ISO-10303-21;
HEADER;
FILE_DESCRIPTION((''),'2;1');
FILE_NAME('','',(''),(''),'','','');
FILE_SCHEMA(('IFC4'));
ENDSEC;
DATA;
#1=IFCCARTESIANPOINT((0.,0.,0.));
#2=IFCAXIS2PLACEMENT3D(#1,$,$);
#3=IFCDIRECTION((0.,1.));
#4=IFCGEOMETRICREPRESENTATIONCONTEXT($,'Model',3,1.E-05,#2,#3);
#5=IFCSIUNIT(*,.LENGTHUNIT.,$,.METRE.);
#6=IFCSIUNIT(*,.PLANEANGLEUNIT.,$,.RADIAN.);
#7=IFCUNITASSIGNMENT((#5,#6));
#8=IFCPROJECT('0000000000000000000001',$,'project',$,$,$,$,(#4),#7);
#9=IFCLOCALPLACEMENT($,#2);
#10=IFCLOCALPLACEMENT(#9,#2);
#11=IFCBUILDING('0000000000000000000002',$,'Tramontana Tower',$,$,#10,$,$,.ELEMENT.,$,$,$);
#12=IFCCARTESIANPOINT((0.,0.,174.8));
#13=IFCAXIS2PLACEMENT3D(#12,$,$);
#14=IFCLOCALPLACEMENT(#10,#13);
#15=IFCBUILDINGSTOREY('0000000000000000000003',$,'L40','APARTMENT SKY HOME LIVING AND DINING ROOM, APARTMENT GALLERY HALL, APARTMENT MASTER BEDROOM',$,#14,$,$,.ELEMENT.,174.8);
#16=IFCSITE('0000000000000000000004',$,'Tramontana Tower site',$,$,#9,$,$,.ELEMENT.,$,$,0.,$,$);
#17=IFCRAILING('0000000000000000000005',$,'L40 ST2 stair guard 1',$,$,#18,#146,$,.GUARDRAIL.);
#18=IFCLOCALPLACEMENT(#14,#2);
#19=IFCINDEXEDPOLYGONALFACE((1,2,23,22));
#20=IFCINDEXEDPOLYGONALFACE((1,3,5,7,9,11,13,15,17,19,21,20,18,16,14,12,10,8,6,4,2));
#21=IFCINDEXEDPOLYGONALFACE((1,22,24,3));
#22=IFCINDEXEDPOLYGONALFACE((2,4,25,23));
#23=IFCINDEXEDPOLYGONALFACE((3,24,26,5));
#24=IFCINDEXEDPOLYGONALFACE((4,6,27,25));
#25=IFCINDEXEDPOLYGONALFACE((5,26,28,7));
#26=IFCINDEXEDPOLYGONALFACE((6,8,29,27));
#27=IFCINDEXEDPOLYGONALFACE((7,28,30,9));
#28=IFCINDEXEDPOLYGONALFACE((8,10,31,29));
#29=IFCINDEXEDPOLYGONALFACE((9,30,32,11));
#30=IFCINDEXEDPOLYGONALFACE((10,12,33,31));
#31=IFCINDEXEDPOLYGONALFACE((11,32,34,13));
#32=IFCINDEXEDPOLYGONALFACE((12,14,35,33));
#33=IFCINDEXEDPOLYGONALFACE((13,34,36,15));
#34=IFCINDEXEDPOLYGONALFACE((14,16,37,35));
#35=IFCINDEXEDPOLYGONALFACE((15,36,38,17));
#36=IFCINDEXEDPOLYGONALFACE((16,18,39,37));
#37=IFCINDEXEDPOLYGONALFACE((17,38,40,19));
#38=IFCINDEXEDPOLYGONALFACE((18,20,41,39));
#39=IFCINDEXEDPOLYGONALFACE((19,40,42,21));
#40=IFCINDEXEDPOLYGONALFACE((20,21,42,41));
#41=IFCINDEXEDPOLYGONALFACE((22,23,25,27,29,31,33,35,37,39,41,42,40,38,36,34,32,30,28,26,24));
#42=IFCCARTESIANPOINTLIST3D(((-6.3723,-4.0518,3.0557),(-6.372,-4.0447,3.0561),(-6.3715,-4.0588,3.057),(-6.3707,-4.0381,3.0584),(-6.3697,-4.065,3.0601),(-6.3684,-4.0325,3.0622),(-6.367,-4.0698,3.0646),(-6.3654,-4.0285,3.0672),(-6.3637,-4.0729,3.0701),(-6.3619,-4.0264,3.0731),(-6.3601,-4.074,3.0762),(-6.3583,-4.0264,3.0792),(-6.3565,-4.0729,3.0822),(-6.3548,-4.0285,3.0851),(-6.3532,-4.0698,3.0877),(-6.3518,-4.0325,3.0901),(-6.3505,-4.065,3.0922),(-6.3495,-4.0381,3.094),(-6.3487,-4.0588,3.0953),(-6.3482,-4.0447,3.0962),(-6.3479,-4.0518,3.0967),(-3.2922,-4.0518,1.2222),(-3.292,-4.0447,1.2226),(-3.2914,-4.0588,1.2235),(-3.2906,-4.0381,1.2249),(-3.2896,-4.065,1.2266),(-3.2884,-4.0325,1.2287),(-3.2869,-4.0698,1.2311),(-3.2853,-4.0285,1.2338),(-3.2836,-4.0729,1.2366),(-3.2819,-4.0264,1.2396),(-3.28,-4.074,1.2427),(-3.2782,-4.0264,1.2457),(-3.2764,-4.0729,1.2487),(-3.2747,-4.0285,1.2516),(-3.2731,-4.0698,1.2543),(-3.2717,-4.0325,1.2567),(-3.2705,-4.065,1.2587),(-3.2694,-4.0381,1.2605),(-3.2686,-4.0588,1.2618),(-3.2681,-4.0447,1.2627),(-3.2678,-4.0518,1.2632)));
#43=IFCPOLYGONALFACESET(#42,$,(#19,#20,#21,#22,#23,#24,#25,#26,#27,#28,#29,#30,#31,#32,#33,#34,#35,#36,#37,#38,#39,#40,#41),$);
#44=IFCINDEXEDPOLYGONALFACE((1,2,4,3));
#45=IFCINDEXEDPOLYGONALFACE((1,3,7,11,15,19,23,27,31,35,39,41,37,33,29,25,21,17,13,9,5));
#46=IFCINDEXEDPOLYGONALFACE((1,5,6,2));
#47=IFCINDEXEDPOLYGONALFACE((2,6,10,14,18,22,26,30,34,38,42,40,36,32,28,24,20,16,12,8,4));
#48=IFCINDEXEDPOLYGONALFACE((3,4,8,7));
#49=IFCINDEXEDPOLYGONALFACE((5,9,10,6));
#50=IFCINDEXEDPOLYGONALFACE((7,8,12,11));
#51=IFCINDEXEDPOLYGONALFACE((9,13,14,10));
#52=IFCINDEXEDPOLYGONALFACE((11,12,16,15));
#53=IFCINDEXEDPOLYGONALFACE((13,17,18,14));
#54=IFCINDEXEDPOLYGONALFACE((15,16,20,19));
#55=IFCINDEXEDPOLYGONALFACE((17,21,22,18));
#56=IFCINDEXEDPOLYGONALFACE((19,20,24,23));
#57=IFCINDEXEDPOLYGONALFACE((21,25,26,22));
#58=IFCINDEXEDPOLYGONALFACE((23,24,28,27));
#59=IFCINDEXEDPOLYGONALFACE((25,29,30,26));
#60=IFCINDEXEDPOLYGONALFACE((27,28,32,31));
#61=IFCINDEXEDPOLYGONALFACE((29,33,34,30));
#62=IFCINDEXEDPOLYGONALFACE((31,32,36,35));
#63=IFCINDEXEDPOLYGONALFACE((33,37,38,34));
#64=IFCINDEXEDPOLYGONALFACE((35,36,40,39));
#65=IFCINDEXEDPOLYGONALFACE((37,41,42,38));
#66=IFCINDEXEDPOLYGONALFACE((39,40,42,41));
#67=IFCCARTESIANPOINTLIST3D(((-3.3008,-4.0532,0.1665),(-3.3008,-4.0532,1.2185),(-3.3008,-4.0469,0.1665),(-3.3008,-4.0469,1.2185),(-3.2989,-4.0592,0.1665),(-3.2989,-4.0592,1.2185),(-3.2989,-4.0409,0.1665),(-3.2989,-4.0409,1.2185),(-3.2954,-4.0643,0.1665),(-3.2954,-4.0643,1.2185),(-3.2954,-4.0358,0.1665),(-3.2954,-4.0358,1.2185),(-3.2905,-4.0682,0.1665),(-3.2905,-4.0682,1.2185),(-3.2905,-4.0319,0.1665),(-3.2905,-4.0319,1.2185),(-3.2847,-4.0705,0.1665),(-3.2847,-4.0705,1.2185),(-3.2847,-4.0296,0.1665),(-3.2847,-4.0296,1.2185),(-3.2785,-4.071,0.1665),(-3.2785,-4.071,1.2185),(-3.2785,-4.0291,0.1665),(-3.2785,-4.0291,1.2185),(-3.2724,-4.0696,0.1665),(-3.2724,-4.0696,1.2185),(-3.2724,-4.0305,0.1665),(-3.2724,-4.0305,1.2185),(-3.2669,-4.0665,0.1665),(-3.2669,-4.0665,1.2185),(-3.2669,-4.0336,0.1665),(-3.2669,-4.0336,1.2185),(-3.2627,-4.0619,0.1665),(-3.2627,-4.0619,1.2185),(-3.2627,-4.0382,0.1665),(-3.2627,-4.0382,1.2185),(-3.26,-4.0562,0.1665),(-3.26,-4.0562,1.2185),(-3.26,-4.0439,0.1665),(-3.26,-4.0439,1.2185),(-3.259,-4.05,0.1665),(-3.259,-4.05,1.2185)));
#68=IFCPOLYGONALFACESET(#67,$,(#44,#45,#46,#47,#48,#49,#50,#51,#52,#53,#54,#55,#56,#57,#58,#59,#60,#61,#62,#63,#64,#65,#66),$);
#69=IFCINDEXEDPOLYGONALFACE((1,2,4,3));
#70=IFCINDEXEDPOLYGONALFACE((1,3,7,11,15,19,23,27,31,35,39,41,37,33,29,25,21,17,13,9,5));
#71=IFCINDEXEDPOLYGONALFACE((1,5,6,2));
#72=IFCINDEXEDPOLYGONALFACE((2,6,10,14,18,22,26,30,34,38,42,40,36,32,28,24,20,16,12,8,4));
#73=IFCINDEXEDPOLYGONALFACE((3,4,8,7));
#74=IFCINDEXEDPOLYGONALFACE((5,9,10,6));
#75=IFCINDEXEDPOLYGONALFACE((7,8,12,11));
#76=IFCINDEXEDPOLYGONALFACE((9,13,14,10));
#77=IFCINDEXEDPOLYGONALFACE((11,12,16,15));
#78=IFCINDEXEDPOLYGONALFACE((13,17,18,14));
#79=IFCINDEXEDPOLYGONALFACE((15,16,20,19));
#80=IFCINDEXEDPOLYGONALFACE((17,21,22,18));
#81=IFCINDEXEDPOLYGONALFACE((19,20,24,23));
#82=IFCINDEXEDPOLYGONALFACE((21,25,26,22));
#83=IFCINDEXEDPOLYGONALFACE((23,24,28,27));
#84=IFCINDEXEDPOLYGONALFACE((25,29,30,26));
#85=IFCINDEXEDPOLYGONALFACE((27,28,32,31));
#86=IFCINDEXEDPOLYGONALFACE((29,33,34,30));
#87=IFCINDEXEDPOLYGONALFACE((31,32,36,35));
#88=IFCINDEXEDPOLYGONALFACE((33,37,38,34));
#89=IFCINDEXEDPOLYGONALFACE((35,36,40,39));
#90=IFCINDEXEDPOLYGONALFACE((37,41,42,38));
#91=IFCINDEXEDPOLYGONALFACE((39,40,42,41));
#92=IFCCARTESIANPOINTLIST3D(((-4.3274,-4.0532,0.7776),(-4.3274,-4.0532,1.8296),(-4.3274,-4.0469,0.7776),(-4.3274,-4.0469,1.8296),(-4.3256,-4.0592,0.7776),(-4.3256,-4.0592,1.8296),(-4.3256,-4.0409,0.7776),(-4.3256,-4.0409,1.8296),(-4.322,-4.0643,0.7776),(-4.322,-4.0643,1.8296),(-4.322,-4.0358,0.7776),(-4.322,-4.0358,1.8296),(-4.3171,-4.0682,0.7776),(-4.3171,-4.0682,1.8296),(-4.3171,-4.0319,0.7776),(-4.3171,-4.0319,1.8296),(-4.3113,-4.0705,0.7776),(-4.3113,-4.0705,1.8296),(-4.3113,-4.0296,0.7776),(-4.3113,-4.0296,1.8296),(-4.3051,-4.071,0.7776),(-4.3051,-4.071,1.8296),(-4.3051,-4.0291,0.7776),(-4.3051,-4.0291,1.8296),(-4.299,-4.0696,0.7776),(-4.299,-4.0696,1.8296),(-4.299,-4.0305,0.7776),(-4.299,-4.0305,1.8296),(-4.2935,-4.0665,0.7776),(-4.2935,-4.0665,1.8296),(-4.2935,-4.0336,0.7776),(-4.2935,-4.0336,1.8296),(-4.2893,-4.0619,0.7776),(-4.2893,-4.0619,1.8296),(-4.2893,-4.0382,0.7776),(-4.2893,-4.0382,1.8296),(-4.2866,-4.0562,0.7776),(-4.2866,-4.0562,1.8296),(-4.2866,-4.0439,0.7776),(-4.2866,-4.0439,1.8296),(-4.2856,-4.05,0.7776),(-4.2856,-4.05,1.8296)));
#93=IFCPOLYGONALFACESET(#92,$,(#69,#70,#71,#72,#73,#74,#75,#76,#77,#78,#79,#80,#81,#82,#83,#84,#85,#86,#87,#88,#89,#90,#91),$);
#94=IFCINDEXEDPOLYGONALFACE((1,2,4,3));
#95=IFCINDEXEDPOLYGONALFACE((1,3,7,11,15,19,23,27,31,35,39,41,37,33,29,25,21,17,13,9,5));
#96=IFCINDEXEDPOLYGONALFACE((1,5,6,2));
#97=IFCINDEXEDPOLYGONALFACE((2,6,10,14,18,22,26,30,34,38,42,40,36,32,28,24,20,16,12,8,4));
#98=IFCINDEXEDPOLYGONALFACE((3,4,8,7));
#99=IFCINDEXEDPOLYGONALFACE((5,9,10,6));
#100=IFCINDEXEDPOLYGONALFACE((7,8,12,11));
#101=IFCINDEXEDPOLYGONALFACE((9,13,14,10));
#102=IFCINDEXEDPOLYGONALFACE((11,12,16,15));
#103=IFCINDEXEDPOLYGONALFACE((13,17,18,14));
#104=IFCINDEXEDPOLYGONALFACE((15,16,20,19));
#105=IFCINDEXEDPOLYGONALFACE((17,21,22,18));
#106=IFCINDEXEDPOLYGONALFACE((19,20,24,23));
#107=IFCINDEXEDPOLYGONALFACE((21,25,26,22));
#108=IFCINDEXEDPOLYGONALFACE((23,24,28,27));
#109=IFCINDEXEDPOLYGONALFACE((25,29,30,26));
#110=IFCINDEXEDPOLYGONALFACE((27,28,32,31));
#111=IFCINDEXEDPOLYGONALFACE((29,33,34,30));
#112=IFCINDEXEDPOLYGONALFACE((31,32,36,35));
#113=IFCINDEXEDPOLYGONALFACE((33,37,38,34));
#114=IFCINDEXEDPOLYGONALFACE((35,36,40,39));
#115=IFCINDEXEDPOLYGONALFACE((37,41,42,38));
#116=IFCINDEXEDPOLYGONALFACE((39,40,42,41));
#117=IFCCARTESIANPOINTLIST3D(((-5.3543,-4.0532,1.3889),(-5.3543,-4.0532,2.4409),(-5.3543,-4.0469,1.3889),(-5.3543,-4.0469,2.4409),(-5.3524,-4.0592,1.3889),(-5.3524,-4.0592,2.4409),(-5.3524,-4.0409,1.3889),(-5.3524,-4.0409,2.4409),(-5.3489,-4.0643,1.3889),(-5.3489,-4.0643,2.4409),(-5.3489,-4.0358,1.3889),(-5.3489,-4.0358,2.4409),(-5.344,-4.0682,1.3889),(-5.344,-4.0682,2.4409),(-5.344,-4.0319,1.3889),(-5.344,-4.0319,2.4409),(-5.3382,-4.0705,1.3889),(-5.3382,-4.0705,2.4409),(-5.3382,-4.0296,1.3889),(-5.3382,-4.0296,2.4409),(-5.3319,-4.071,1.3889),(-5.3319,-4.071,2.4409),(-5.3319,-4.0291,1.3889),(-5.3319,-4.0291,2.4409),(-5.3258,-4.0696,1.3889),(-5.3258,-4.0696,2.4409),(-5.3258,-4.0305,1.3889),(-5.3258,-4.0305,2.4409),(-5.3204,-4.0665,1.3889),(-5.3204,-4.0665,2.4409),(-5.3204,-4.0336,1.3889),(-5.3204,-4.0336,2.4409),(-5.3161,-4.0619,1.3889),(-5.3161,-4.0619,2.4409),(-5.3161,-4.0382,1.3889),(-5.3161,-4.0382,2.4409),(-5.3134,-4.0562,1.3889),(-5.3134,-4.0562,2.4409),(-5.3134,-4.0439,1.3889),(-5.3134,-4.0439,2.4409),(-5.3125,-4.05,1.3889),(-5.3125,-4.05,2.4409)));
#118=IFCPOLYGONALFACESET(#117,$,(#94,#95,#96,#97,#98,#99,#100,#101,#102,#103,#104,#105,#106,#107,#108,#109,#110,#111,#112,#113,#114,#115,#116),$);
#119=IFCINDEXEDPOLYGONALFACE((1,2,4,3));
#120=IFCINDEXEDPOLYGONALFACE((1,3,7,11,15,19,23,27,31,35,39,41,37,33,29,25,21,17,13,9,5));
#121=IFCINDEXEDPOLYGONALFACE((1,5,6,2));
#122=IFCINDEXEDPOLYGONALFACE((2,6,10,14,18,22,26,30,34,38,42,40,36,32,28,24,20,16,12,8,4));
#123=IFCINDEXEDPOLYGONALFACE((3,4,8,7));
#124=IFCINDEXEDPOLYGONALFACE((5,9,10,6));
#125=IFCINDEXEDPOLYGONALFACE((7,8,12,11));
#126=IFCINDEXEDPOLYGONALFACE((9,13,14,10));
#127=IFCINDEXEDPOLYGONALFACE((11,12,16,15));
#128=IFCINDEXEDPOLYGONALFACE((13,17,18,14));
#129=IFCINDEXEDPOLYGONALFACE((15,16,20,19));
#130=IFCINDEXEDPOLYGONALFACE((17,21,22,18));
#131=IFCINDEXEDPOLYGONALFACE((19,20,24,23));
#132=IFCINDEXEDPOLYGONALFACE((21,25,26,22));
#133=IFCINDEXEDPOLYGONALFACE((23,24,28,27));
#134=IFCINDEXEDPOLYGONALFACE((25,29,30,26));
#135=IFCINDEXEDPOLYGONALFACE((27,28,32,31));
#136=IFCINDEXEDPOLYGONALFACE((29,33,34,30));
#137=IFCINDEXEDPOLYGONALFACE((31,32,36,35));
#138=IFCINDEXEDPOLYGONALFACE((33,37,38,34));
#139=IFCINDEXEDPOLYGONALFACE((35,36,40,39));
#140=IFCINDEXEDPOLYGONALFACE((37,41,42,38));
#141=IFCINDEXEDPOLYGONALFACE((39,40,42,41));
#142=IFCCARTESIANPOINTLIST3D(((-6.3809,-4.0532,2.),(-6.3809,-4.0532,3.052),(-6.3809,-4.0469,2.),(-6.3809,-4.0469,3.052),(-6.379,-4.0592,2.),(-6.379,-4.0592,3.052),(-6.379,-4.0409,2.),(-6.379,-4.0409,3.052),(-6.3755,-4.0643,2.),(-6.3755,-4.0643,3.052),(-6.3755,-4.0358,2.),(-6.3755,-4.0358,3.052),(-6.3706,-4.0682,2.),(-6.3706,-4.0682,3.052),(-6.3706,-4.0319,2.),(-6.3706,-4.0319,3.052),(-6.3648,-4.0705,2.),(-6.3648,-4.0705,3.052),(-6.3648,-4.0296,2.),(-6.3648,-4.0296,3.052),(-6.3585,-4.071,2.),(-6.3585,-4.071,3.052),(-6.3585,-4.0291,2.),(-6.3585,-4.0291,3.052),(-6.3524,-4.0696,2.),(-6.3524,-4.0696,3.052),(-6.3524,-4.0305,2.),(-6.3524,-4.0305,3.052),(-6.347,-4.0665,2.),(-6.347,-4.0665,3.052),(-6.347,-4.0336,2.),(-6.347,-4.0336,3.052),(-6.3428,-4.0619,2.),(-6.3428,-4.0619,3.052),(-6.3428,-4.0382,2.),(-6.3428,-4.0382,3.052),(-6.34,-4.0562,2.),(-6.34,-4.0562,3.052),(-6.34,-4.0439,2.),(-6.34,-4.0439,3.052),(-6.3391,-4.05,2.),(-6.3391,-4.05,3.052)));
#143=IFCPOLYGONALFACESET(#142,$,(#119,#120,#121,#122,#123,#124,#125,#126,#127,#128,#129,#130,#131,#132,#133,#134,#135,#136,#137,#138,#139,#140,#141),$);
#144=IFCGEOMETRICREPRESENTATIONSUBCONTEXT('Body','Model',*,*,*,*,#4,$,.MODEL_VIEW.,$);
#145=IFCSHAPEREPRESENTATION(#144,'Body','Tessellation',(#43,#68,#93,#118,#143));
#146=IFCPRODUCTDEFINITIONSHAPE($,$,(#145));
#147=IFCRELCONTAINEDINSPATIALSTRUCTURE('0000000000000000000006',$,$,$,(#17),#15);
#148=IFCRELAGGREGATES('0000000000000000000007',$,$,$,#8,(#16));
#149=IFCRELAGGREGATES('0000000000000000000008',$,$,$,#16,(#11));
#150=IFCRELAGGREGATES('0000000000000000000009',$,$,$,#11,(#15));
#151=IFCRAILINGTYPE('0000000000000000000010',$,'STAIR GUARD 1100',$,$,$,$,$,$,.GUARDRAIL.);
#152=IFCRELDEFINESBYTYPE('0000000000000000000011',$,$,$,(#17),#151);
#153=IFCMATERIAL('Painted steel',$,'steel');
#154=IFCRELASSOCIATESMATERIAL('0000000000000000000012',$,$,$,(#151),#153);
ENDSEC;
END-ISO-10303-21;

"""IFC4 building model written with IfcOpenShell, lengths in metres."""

from ifc_helpers import new_model, si_unit, direction, frame, origin, origin_2d, place, context, subcontext, project, spatial, circle, extrude, material, type_object, element, save


model = new_model("IFC4")

# Units and contexts
model_context = context("Model", 3, precision=1e-05, world=origin(), true_north=direction((0.0, 1.0)))
body_context = subcontext(model_context, "Body", "Model", "MODEL_VIEW")
ifc_project = project(units=[si_unit("LENGTHUNIT", "METRE"), si_unit("PLANEANGLEUNIT", "RADIAN")], contexts=[model_context])

# Site, building, storey
site_placement = place(None, origin())
site = spatial("IfcSite", under=ifc_project, at=site_placement, Name="Tramontana Tower site", CompositionType="ELEMENT", RefElevation=0.0)
building_placement = place(site_placement, origin())
building = spatial("IfcBuilding", under=site, at=building_placement, Name="Tramontana Tower", CompositionType="ELEMENT")
storey_placement = place(building_placement, frame((0.0, 0.0, 174.8)))
storey = spatial("IfcBuildingStorey", under=building, at=storey_placement, Name="L40", Description="APARTMENT SKY HOME LIVING AND DINING ROOM, APARTMENT GALLERY HALL, APARTMENT MASTER BEDROOM", CompositionType="ELEMENT", Elevation=174.8)

# Railing
ifc_material_1 = material(Name="Painted steel", Category="steel")
railing_type_1 = type_object("IfcRailingType", Name="STAIR GUARD 1100", PredefinedType="GUARDRAIL", material=ifc_material_1)
railing_1_placement = place(storey_placement, frame((-3.28, -4.05, 0.1665)))
element("IfcRailing", 1, at=railing_1_placement, inside=storey, type_object=railing_type_1, Name="L40 ST2 stair guard 1", PredefinedType="GUARDRAIL", context=body_context, shape_type="SweptSolid", body=[
    extrude(circle(Radius=0.0239, at=origin_2d()), frame((0.0, 0.0, 1.0762), z_axis=(-0.859279, 0.0, 0.511508), x_axis=(0.0, -1.0, 0.0)), (0.0, 0.0, 1.0), 3.5845),
    extrude(circle(Radius=0.021, at=origin_2d()), origin(), (0.0, 0.0, 1.0), 1.052),
    extrude(circle(Radius=0.021, at=origin_2d()), frame((-1.0266, 0.0, 0.6111)), (0.0, 0.0, 1.0), 1.052),
    extrude(circle(Radius=0.021, at=origin_2d()), frame((-2.0535, 0.0, 1.2224)), (0.0, 0.0, 1.0), 1.052),
    extrude(circle(Radius=0.021, at=origin_2d()), frame((-3.0801, 0.0, 1.8335)), (0.0, 0.0, 1.0), 1.052),
])

save(model, "model.ifc")
